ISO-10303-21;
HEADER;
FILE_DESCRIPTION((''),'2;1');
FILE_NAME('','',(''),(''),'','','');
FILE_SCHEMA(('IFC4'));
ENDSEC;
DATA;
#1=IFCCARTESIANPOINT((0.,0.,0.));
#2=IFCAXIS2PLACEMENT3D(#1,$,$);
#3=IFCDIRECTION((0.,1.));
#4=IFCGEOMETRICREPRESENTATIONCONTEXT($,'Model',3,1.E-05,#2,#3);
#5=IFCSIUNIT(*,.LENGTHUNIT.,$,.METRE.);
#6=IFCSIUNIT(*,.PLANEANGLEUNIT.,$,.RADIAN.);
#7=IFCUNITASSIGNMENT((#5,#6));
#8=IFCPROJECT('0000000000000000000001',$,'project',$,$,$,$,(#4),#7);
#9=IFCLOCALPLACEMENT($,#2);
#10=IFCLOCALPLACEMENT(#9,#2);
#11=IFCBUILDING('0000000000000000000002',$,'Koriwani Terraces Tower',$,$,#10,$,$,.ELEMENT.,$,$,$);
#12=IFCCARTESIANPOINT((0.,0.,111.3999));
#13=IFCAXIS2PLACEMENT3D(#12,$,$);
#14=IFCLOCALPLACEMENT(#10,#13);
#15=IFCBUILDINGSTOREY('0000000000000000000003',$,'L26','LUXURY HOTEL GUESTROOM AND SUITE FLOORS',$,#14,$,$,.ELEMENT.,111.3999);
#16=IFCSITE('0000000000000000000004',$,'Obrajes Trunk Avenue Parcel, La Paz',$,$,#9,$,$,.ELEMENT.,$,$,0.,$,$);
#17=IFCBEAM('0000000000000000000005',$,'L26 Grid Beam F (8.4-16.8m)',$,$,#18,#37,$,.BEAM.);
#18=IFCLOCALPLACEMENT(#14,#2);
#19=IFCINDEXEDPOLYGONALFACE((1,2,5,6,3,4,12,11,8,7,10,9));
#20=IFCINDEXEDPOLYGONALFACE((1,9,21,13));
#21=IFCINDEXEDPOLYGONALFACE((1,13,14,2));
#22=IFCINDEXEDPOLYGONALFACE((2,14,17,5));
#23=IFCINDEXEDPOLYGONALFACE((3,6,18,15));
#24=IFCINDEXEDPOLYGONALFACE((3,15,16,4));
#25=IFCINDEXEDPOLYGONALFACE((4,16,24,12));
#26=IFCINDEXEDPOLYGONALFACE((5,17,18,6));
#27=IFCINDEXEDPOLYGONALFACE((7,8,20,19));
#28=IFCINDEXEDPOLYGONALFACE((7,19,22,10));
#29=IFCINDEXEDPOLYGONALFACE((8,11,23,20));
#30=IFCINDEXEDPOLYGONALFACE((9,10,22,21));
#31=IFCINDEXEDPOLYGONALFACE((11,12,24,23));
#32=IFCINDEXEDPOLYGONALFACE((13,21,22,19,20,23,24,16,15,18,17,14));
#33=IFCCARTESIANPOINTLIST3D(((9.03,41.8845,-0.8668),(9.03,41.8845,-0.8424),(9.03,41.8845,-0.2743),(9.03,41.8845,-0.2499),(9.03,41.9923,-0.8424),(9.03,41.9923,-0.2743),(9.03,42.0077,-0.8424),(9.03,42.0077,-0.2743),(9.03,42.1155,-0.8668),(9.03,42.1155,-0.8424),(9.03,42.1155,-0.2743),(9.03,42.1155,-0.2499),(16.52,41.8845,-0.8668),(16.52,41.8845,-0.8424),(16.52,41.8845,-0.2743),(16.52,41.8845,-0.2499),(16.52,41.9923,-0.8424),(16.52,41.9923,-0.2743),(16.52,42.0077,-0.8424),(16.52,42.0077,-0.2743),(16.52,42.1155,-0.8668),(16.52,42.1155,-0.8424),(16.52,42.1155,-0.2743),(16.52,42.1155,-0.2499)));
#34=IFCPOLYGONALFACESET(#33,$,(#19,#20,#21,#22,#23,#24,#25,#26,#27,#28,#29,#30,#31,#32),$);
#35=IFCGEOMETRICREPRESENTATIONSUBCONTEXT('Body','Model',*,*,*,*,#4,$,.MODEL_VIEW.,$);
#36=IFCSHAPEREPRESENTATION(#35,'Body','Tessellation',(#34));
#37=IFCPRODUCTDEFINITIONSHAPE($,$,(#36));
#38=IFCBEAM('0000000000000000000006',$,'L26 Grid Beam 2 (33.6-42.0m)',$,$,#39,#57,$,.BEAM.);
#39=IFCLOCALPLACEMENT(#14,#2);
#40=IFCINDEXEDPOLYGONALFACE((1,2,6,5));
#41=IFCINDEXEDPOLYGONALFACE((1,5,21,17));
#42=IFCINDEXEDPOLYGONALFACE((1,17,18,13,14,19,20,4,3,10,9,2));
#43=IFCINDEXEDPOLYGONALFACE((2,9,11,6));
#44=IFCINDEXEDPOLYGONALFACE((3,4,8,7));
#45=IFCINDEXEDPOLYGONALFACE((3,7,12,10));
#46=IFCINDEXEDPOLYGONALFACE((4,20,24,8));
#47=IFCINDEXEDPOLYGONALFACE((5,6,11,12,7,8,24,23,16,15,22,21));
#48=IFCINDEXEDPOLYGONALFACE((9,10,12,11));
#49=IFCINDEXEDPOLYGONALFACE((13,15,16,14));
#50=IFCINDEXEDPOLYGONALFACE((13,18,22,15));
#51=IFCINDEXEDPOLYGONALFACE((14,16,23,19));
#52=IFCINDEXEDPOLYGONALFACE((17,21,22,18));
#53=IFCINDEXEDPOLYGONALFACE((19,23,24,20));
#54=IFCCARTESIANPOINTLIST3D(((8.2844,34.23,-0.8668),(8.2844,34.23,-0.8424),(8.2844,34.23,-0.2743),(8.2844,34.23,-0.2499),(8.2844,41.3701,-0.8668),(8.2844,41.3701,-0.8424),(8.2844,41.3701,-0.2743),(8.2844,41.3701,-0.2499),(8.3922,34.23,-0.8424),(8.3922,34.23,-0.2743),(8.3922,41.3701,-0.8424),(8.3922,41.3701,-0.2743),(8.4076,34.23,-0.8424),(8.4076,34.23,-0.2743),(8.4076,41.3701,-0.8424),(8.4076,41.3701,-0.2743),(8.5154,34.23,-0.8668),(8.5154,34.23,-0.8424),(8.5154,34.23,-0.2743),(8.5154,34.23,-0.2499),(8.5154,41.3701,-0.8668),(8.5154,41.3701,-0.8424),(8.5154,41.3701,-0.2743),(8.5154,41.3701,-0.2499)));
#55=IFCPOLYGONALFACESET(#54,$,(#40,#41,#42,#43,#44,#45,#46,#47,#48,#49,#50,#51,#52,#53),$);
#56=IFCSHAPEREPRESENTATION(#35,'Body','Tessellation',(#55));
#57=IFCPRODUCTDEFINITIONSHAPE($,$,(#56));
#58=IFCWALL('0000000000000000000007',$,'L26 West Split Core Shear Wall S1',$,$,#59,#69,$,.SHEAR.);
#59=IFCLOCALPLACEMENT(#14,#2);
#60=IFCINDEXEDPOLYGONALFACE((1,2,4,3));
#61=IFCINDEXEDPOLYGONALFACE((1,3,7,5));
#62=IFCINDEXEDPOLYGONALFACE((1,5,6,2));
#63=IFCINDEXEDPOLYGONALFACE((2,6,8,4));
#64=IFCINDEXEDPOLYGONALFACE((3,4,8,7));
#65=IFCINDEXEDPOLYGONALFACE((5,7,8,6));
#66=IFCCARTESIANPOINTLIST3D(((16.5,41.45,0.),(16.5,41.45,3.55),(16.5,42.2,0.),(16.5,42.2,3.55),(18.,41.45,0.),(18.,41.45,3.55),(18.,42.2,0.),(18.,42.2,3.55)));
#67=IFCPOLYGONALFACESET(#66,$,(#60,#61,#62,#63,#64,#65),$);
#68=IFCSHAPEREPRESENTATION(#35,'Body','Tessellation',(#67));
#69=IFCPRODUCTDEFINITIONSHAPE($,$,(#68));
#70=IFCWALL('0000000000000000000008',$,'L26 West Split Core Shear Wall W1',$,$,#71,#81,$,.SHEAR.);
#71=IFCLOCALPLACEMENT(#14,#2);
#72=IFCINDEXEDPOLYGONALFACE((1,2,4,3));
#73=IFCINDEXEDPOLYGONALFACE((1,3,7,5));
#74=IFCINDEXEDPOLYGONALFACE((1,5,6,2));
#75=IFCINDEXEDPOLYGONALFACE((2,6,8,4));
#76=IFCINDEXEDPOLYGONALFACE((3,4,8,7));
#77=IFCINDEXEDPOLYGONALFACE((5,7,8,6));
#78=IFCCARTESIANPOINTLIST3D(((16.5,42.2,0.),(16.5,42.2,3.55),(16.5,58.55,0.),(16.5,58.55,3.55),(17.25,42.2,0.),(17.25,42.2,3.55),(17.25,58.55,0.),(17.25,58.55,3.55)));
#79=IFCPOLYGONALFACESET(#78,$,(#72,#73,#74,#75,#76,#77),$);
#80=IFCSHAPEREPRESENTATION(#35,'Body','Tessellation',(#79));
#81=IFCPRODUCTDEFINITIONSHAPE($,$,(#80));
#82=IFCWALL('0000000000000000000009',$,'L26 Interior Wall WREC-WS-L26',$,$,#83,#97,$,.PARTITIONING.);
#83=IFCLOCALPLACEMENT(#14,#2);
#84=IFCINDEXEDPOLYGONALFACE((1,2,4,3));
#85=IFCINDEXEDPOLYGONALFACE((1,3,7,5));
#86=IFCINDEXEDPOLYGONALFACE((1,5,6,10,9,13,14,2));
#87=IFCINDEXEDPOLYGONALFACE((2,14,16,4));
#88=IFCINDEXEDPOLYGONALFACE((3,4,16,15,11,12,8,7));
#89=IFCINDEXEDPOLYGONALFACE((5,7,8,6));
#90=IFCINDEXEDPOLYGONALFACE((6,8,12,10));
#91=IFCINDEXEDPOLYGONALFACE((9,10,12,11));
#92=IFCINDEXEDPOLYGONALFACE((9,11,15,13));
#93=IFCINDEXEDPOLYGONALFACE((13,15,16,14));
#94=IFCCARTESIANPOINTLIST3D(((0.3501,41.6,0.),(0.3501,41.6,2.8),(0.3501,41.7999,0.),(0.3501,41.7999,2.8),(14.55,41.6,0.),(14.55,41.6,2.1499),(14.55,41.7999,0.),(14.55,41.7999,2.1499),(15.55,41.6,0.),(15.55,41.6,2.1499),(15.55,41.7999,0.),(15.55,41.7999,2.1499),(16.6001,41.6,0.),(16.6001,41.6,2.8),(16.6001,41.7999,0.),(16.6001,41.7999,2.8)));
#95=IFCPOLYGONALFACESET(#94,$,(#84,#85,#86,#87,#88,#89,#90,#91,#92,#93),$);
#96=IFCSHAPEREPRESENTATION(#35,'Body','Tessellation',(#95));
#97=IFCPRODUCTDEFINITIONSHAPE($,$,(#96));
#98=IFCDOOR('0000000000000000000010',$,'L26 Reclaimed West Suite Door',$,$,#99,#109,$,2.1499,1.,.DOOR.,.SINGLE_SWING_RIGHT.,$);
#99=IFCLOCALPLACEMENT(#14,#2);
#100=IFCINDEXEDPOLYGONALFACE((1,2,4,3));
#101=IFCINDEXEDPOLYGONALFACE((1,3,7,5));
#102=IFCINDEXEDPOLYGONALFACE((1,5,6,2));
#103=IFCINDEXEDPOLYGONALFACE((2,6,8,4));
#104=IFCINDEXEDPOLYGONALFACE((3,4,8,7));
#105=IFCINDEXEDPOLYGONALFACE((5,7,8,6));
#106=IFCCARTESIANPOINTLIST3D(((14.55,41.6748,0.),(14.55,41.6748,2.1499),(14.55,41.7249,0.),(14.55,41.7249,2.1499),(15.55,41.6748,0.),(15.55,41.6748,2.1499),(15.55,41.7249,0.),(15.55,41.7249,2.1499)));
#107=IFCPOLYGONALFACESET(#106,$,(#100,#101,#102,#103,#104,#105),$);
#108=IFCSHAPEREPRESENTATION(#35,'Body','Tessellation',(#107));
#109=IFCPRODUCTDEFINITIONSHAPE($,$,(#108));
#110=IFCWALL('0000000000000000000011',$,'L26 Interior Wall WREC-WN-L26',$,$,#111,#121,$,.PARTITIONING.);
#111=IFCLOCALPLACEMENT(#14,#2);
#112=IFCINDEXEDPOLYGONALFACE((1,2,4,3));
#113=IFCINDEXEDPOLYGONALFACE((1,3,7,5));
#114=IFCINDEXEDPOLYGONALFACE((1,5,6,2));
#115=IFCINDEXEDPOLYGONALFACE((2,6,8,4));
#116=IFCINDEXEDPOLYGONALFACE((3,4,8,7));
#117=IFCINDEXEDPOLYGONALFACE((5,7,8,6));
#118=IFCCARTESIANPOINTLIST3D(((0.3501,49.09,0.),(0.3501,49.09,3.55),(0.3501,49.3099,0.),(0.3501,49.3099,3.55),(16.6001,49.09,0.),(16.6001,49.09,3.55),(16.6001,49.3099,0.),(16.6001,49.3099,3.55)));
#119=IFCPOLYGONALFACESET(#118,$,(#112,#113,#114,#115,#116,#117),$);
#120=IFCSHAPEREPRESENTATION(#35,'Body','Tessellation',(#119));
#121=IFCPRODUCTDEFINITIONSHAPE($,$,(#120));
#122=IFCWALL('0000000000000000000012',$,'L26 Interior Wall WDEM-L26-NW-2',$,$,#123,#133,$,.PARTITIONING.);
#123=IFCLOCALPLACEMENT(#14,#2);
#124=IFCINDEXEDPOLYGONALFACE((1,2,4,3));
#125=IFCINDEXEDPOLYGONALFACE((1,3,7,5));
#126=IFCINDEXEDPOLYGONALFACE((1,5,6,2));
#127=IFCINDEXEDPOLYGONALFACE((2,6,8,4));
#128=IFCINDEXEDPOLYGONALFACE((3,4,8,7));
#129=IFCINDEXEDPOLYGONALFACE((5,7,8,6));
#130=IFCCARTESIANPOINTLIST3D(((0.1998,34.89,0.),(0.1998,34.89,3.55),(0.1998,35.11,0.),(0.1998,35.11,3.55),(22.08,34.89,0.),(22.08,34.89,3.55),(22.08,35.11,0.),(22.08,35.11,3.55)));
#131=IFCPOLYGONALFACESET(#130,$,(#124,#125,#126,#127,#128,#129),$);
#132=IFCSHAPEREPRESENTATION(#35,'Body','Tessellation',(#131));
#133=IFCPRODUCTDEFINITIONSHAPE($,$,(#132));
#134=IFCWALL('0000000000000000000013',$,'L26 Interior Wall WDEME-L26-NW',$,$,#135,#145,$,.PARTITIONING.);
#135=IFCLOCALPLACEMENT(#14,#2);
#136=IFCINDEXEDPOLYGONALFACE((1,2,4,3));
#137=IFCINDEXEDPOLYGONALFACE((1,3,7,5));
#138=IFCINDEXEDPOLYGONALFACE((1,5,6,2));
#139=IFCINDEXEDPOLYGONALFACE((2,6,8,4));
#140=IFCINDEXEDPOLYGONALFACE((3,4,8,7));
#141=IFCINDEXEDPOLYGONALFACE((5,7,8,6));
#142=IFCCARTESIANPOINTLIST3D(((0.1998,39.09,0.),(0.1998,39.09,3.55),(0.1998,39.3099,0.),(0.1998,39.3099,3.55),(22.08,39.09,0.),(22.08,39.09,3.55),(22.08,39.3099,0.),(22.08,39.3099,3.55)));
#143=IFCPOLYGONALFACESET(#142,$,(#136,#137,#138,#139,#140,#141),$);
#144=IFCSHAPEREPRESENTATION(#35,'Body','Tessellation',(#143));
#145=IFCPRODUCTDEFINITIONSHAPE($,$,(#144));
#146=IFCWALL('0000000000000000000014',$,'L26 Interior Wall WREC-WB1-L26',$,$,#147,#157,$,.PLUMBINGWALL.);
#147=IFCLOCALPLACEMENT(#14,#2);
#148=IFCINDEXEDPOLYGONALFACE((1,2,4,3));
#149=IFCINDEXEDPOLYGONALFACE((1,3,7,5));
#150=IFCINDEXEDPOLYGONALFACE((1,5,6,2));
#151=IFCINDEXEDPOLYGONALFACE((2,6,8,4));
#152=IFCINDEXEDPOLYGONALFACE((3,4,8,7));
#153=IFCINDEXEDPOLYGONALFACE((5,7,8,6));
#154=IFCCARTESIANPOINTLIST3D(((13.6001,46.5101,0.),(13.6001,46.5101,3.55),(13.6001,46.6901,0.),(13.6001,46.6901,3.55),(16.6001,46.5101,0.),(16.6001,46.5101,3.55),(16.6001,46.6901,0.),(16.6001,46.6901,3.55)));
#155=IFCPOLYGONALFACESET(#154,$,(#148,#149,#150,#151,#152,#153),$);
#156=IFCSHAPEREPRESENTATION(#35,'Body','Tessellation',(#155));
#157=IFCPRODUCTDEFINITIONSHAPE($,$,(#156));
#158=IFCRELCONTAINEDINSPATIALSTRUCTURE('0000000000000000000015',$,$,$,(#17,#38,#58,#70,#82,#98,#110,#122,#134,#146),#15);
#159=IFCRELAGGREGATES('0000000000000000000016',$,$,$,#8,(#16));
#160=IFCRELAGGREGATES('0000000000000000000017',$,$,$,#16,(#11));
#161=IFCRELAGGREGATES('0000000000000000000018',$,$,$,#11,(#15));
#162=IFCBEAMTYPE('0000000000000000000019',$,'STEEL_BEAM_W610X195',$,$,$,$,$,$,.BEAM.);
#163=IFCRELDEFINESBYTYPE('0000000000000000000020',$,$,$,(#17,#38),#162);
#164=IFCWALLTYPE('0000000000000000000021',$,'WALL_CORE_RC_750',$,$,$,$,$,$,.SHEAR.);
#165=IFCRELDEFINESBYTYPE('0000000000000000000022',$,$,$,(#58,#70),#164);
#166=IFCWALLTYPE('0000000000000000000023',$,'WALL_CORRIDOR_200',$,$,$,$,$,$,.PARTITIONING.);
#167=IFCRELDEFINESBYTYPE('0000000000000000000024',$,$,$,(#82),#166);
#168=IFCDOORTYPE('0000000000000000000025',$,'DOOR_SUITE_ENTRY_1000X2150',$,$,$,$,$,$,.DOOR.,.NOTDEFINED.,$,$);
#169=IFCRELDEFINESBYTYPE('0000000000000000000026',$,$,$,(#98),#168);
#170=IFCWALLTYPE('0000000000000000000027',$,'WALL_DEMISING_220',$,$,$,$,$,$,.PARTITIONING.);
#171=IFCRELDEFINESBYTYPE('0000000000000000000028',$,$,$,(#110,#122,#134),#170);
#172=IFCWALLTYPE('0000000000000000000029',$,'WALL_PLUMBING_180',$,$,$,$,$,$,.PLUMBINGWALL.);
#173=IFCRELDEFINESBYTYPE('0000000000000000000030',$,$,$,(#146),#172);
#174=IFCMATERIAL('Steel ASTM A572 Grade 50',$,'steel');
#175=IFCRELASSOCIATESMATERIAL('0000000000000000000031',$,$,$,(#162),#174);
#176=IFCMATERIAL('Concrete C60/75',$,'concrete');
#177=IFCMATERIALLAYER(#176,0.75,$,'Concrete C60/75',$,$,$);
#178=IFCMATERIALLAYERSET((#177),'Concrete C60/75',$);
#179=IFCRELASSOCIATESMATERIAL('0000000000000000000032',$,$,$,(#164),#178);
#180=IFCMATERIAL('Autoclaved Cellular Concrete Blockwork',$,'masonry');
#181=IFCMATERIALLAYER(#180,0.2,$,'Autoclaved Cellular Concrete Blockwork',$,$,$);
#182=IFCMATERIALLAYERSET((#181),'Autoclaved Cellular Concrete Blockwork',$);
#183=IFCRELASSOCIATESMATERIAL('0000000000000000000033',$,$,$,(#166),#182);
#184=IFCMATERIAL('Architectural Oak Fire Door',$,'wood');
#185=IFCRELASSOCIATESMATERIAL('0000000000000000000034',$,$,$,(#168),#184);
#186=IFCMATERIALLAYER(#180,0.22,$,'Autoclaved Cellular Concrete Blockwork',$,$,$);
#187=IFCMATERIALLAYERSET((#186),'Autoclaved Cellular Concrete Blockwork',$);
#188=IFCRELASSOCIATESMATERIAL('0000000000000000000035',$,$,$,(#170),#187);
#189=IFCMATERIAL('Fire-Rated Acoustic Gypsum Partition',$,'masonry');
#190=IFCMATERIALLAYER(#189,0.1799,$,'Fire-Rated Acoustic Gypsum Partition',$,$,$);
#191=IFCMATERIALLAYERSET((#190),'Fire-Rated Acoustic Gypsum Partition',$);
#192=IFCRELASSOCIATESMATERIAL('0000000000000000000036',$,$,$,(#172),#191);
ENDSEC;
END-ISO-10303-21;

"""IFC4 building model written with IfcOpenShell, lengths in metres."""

from ifc_helpers import new_model, si_unit, direction, frame, frame_2d, origin, origin_2d, place, context, subcontext, project, spatial, rectangle, i_section, extrude, material, layer, layer_set, material_profile, profile_set, type_object, element, fill, save


model = new_model("IFC4")

# Units and contexts
model_context = context("Model", 3, precision=1e-05, world=origin(), true_north=direction((0.0, 1.0)))
body_context = subcontext(model_context, "Body", "Model", "MODEL_VIEW")
ifc_project = project(units=[si_unit("LENGTHUNIT", "METRE"), si_unit("PLANEANGLEUNIT", "RADIAN")], contexts=[model_context])

# Site, building, storey
site_placement = place(None, origin())
site = spatial("IfcSite", under=ifc_project, at=site_placement, Name="Obrajes Trunk Avenue Parcel, La Paz", CompositionType="ELEMENT", RefElevation=0.0)
building_placement = place(site_placement, origin())
building = spatial("IfcBuilding", under=site, at=building_placement, Name="Koriwani Terraces Tower", CompositionType="ELEMENT")
storey_placement = place(building_placement, frame((0.0, 0.0, 111.3999)))
storey = spatial("IfcBuildingStorey", under=building, at=storey_placement, Name="L26", Description="LUXURY HOTEL GUESTROOM AND SUITE FLOORS", CompositionType="ELEMENT", Elevation=111.3999)

# Shared definitions
ifc_material_1 = material(Name="Concrete C60/75", Category="concrete")

# Beams
ifc_material_2 = material(Name="Steel ASTM A572 Grade 50", Category="steel")
ifc_material_profile_1 = material_profile(ifc_material_2, i_section(OverallWidth=0.231, OverallDepth=0.6169, WebThickness=0.0154, FlangeThickness=0.0244, at=origin_2d()), Name="Steel ASTM A572 Grade 50", Category="LoadBearing")
ifc_profile_set_1 = profile_set([ifc_material_profile_1], Name="Steel ASTM A572 Grade 50")
beam_type_1 = type_object("IfcBeamType", Name="STEEL_BEAM_W610X195", PredefinedType="BEAM", material=ifc_profile_set_1)
beam_1_placement = place(storey_placement, frame((9.03, 42.0, -0.5583), z_axis=(1.0, 0.0, 0.0), x_axis=(0.0, 1.0, 0.0)))
element("IfcBeam", 1, at=beam_1_placement, inside=storey, type_object=beam_type_1, Name="L26 Grid Beam F (8.4-16.8m)", PredefinedType="BEAM", context=body_context, shape_type="SweptSolid", body=[
    extrude(i_section(OverallWidth=0.231, OverallDepth=0.6169, WebThickness=0.0154, FlangeThickness=0.0244, at=origin_2d()), origin(), (0.0, 0.0, 1.0), 7.49),
])
beam_2_placement = place(storey_placement, frame((8.3999, 34.23, -0.5583), z_axis=(0.0, 1.0, 0.0), x_axis=(-1.0, 0.0, 0.0)))
element("IfcBeam", 2, at=beam_2_placement, inside=storey, type_object=beam_type_1, Name="L26 Grid Beam 2 (33.6-42.0m)", PredefinedType="BEAM", context=body_context, shape_type="SweptSolid", body=[
    extrude(i_section(OverallWidth=0.231, OverallDepth=0.6169, WebThickness=0.0154, FlangeThickness=0.0244, at=origin_2d()), origin(), (0.0, 0.0, 1.0), 7.1401),
])

# Walls
ifc_layer_1 = layer(ifc_material_1, 0.75, Name="Concrete C60/75")
ifc_layer_set_1 = layer_set([ifc_layer_1], Name="Concrete C60/75")
wall_type_1 = type_object("IfcWallType", Name="WALL_CORE_RC_750", PredefinedType="SHEAR", material=ifc_layer_set_1)
wall_1_placement = place(storey_placement, frame((16.5, 41.825, 0.0), z_axis=(0.0, 0.0, 1.0), x_axis=(1.0, 0.0, 0.0)))
element("IfcWall", 3, at=wall_1_placement, inside=storey, type_object=wall_type_1, Name="L26 West Split Core Shear Wall S1", PredefinedType="SHEAR", context=body_context, shape_type="SweptSolid", body=[
    extrude(rectangle(XDim=1.5, YDim=0.75, at=frame_2d((0.75, 0.0))), origin(), (0.0, 0.0, 1.0), 3.55),
])
wall_2_placement = place(storey_placement, frame((16.875, 42.2, 0.0), z_axis=(0.0, 0.0, 1.0), x_axis=(0.0, 1.0, 0.0)))
element("IfcWall", 4, at=wall_2_placement, inside=storey, type_object=wall_type_1, Name="L26 West Split Core Shear Wall W1", PredefinedType="SHEAR", context=body_context, shape_type="SweptSolid", body=[
    extrude(rectangle(XDim=16.3501, YDim=0.75, at=frame_2d((8.175, 0.0))), origin(), (0.0, 0.0, 1.0), 3.55),
])

# Wall, opening, door
ifc_material_3 = material(Name="Autoclaved Cellular Concrete Blockwork", Category="masonry")
ifc_layer_2 = layer(ifc_material_3, 0.2, Name="Autoclaved Cellular Concrete Blockwork")
ifc_layer_set_2 = layer_set([ifc_layer_2], Name="Autoclaved Cellular Concrete Blockwork")
wall_type_2 = type_object("IfcWallType", Name="WALL_CORRIDOR_200", PredefinedType="PARTITIONING", material=ifc_layer_set_2)
wall_3_placement = place(storey_placement, frame((0.3501, 41.7, 0.0), z_axis=(0.0, 0.0, 1.0), x_axis=(1.0, 0.0, 0.0)))
wall_3 = element("IfcWall", 5, at=wall_3_placement, inside=storey, type_object=wall_type_2, Name="L26 Interior Wall WREC-WS-L26", PredefinedType="PARTITIONING", context=body_context, shape_type="SweptSolid", body=[
    extrude(rectangle(XDim=16.25, YDim=0.2, at=frame_2d((8.125, 0.0))), origin(), (0.0, 0.0, 1.0), 2.8),
])
opening_1_placement = place(wall_3_placement, frame((14.2, 0.0, 0.0)))
opening_1 = element("IfcOpeningElement", 6, at=opening_1_placement, cuts=wall_3, PredefinedType="OPENING", context=body_context, shape_type="SweptSolid", body=[
    extrude(rectangle(XDim=1.0, YDim=2.1499, at=frame_2d((0.5, 1.075))), frame((0.0, 0.1099, 0.0), z_axis=(0.0, -1.0, 0.0), x_axis=(1.0, 0.0, 0.0)), (0.0, 0.0, 1.0), 0.22),
])
ifc_material_4 = material(Name="Architectural Oak Fire Door", Category="wood")
door_type_1 = type_object("IfcDoorType", Name="DOOR_SUITE_ENTRY_1000X2150", OperationType="NOTDEFINED", PredefinedType="DOOR", material=ifc_material_4)
door_1_placement = place(opening_1_placement, origin())
door_1 = element("IfcDoor", 7, at=door_1_placement, inside=storey, type_object=door_type_1, Name="L26 Reclaimed West Suite Door", OperationType="SINGLE_SWING_RIGHT", OverallHeight=2.1499, OverallWidth=1.0, PredefinedType="DOOR", context=body_context, shape_type="SweptSolid", body=[
    extrude(rectangle(XDim=1.0, YDim=2.1499, at=frame_2d((0.5, 1.075))), frame((0.0, 0.0249, 0.0), z_axis=(0.0, -1.0, 0.0), x_axis=(1.0, 0.0, 0.0)), (0.0, 0.0, 1.0), 0.05),
])
fill(opening_1, door_1)

# Walls
ifc_layer_3 = layer(ifc_material_3, 0.22, Name="Autoclaved Cellular Concrete Blockwork")
ifc_layer_set_3 = layer_set([ifc_layer_3], Name="Autoclaved Cellular Concrete Blockwork")
wall_type_3 = type_object("IfcWallType", Name="WALL_DEMISING_220", PredefinedType="PARTITIONING", material=ifc_layer_set_3)
wall_4_placement = place(storey_placement, frame((0.3501, 49.2, 0.0), z_axis=(0.0, 0.0, 1.0), x_axis=(1.0, 0.0, 0.0)))
element("IfcWall", 8, at=wall_4_placement, inside=storey, type_object=wall_type_3, Name="L26 Interior Wall WREC-WN-L26", PredefinedType="PARTITIONING", context=body_context, shape_type="SweptSolid", body=[
    extrude(rectangle(XDim=16.25, YDim=0.22, at=frame_2d((8.125, 0.0))), origin(), (0.0, 0.0, 1.0), 3.55),
])
for number, where, z_axis, x_axis, name in (
    (9, (0.2, 35.0, 0.0), (0.0, 0.0, 1.0), (1.0, 0.0, 0.0), "L26 Interior Wall WDEM-L26-NW-2"),
    (10, (0.2, 39.2, 0.0), (0.0, 0.0, 1.0), (1.0, 0.0, 0.0), "L26 Interior Wall WDEME-L26-NW"),
):
    element("IfcWall", number, at=place(storey_placement, frame(where, z_axis=z_axis, x_axis=x_axis)), inside=storey, type_object=wall_type_3, Name=name, PredefinedType="PARTITIONING", context=body_context, shape_type="SweptSolid", body=[
        extrude(rectangle(XDim=21.8801, YDim=0.22, at=frame_2d((10.9399, 0.0))), origin(), (0.0, 0.0, 1.0), 3.55),
    ])
ifc_material_5 = material(Name="Fire-Rated Acoustic Gypsum Partition", Category="masonry")
ifc_layer_4 = layer(ifc_material_5, 0.1799, Name="Fire-Rated Acoustic Gypsum Partition")
ifc_layer_set_4 = layer_set([ifc_layer_4], Name="Fire-Rated Acoustic Gypsum Partition")
wall_type_4 = type_object("IfcWallType", Name="WALL_PLUMBING_180", PredefinedType="PLUMBINGWALL", material=ifc_layer_set_4)
wall_5_placement = place(storey_placement, frame((13.6001, 46.6001, 0.0), z_axis=(0.0, 0.0, 1.0), x_axis=(1.0, 0.0, 0.0)))
element("IfcWall", 11, at=wall_5_placement, inside=storey, type_object=wall_type_4, Name="L26 Interior Wall WREC-WB1-L26", PredefinedType="PLUMBINGWALL", context=body_context, shape_type="SweptSolid", body=[
    extrude(rectangle(XDim=3.0, YDim=0.1799, at=frame_2d((1.5, 0.0))), origin(), (0.0, 0.0, 1.0), 3.55),
])

save(model, "model.ifc")
